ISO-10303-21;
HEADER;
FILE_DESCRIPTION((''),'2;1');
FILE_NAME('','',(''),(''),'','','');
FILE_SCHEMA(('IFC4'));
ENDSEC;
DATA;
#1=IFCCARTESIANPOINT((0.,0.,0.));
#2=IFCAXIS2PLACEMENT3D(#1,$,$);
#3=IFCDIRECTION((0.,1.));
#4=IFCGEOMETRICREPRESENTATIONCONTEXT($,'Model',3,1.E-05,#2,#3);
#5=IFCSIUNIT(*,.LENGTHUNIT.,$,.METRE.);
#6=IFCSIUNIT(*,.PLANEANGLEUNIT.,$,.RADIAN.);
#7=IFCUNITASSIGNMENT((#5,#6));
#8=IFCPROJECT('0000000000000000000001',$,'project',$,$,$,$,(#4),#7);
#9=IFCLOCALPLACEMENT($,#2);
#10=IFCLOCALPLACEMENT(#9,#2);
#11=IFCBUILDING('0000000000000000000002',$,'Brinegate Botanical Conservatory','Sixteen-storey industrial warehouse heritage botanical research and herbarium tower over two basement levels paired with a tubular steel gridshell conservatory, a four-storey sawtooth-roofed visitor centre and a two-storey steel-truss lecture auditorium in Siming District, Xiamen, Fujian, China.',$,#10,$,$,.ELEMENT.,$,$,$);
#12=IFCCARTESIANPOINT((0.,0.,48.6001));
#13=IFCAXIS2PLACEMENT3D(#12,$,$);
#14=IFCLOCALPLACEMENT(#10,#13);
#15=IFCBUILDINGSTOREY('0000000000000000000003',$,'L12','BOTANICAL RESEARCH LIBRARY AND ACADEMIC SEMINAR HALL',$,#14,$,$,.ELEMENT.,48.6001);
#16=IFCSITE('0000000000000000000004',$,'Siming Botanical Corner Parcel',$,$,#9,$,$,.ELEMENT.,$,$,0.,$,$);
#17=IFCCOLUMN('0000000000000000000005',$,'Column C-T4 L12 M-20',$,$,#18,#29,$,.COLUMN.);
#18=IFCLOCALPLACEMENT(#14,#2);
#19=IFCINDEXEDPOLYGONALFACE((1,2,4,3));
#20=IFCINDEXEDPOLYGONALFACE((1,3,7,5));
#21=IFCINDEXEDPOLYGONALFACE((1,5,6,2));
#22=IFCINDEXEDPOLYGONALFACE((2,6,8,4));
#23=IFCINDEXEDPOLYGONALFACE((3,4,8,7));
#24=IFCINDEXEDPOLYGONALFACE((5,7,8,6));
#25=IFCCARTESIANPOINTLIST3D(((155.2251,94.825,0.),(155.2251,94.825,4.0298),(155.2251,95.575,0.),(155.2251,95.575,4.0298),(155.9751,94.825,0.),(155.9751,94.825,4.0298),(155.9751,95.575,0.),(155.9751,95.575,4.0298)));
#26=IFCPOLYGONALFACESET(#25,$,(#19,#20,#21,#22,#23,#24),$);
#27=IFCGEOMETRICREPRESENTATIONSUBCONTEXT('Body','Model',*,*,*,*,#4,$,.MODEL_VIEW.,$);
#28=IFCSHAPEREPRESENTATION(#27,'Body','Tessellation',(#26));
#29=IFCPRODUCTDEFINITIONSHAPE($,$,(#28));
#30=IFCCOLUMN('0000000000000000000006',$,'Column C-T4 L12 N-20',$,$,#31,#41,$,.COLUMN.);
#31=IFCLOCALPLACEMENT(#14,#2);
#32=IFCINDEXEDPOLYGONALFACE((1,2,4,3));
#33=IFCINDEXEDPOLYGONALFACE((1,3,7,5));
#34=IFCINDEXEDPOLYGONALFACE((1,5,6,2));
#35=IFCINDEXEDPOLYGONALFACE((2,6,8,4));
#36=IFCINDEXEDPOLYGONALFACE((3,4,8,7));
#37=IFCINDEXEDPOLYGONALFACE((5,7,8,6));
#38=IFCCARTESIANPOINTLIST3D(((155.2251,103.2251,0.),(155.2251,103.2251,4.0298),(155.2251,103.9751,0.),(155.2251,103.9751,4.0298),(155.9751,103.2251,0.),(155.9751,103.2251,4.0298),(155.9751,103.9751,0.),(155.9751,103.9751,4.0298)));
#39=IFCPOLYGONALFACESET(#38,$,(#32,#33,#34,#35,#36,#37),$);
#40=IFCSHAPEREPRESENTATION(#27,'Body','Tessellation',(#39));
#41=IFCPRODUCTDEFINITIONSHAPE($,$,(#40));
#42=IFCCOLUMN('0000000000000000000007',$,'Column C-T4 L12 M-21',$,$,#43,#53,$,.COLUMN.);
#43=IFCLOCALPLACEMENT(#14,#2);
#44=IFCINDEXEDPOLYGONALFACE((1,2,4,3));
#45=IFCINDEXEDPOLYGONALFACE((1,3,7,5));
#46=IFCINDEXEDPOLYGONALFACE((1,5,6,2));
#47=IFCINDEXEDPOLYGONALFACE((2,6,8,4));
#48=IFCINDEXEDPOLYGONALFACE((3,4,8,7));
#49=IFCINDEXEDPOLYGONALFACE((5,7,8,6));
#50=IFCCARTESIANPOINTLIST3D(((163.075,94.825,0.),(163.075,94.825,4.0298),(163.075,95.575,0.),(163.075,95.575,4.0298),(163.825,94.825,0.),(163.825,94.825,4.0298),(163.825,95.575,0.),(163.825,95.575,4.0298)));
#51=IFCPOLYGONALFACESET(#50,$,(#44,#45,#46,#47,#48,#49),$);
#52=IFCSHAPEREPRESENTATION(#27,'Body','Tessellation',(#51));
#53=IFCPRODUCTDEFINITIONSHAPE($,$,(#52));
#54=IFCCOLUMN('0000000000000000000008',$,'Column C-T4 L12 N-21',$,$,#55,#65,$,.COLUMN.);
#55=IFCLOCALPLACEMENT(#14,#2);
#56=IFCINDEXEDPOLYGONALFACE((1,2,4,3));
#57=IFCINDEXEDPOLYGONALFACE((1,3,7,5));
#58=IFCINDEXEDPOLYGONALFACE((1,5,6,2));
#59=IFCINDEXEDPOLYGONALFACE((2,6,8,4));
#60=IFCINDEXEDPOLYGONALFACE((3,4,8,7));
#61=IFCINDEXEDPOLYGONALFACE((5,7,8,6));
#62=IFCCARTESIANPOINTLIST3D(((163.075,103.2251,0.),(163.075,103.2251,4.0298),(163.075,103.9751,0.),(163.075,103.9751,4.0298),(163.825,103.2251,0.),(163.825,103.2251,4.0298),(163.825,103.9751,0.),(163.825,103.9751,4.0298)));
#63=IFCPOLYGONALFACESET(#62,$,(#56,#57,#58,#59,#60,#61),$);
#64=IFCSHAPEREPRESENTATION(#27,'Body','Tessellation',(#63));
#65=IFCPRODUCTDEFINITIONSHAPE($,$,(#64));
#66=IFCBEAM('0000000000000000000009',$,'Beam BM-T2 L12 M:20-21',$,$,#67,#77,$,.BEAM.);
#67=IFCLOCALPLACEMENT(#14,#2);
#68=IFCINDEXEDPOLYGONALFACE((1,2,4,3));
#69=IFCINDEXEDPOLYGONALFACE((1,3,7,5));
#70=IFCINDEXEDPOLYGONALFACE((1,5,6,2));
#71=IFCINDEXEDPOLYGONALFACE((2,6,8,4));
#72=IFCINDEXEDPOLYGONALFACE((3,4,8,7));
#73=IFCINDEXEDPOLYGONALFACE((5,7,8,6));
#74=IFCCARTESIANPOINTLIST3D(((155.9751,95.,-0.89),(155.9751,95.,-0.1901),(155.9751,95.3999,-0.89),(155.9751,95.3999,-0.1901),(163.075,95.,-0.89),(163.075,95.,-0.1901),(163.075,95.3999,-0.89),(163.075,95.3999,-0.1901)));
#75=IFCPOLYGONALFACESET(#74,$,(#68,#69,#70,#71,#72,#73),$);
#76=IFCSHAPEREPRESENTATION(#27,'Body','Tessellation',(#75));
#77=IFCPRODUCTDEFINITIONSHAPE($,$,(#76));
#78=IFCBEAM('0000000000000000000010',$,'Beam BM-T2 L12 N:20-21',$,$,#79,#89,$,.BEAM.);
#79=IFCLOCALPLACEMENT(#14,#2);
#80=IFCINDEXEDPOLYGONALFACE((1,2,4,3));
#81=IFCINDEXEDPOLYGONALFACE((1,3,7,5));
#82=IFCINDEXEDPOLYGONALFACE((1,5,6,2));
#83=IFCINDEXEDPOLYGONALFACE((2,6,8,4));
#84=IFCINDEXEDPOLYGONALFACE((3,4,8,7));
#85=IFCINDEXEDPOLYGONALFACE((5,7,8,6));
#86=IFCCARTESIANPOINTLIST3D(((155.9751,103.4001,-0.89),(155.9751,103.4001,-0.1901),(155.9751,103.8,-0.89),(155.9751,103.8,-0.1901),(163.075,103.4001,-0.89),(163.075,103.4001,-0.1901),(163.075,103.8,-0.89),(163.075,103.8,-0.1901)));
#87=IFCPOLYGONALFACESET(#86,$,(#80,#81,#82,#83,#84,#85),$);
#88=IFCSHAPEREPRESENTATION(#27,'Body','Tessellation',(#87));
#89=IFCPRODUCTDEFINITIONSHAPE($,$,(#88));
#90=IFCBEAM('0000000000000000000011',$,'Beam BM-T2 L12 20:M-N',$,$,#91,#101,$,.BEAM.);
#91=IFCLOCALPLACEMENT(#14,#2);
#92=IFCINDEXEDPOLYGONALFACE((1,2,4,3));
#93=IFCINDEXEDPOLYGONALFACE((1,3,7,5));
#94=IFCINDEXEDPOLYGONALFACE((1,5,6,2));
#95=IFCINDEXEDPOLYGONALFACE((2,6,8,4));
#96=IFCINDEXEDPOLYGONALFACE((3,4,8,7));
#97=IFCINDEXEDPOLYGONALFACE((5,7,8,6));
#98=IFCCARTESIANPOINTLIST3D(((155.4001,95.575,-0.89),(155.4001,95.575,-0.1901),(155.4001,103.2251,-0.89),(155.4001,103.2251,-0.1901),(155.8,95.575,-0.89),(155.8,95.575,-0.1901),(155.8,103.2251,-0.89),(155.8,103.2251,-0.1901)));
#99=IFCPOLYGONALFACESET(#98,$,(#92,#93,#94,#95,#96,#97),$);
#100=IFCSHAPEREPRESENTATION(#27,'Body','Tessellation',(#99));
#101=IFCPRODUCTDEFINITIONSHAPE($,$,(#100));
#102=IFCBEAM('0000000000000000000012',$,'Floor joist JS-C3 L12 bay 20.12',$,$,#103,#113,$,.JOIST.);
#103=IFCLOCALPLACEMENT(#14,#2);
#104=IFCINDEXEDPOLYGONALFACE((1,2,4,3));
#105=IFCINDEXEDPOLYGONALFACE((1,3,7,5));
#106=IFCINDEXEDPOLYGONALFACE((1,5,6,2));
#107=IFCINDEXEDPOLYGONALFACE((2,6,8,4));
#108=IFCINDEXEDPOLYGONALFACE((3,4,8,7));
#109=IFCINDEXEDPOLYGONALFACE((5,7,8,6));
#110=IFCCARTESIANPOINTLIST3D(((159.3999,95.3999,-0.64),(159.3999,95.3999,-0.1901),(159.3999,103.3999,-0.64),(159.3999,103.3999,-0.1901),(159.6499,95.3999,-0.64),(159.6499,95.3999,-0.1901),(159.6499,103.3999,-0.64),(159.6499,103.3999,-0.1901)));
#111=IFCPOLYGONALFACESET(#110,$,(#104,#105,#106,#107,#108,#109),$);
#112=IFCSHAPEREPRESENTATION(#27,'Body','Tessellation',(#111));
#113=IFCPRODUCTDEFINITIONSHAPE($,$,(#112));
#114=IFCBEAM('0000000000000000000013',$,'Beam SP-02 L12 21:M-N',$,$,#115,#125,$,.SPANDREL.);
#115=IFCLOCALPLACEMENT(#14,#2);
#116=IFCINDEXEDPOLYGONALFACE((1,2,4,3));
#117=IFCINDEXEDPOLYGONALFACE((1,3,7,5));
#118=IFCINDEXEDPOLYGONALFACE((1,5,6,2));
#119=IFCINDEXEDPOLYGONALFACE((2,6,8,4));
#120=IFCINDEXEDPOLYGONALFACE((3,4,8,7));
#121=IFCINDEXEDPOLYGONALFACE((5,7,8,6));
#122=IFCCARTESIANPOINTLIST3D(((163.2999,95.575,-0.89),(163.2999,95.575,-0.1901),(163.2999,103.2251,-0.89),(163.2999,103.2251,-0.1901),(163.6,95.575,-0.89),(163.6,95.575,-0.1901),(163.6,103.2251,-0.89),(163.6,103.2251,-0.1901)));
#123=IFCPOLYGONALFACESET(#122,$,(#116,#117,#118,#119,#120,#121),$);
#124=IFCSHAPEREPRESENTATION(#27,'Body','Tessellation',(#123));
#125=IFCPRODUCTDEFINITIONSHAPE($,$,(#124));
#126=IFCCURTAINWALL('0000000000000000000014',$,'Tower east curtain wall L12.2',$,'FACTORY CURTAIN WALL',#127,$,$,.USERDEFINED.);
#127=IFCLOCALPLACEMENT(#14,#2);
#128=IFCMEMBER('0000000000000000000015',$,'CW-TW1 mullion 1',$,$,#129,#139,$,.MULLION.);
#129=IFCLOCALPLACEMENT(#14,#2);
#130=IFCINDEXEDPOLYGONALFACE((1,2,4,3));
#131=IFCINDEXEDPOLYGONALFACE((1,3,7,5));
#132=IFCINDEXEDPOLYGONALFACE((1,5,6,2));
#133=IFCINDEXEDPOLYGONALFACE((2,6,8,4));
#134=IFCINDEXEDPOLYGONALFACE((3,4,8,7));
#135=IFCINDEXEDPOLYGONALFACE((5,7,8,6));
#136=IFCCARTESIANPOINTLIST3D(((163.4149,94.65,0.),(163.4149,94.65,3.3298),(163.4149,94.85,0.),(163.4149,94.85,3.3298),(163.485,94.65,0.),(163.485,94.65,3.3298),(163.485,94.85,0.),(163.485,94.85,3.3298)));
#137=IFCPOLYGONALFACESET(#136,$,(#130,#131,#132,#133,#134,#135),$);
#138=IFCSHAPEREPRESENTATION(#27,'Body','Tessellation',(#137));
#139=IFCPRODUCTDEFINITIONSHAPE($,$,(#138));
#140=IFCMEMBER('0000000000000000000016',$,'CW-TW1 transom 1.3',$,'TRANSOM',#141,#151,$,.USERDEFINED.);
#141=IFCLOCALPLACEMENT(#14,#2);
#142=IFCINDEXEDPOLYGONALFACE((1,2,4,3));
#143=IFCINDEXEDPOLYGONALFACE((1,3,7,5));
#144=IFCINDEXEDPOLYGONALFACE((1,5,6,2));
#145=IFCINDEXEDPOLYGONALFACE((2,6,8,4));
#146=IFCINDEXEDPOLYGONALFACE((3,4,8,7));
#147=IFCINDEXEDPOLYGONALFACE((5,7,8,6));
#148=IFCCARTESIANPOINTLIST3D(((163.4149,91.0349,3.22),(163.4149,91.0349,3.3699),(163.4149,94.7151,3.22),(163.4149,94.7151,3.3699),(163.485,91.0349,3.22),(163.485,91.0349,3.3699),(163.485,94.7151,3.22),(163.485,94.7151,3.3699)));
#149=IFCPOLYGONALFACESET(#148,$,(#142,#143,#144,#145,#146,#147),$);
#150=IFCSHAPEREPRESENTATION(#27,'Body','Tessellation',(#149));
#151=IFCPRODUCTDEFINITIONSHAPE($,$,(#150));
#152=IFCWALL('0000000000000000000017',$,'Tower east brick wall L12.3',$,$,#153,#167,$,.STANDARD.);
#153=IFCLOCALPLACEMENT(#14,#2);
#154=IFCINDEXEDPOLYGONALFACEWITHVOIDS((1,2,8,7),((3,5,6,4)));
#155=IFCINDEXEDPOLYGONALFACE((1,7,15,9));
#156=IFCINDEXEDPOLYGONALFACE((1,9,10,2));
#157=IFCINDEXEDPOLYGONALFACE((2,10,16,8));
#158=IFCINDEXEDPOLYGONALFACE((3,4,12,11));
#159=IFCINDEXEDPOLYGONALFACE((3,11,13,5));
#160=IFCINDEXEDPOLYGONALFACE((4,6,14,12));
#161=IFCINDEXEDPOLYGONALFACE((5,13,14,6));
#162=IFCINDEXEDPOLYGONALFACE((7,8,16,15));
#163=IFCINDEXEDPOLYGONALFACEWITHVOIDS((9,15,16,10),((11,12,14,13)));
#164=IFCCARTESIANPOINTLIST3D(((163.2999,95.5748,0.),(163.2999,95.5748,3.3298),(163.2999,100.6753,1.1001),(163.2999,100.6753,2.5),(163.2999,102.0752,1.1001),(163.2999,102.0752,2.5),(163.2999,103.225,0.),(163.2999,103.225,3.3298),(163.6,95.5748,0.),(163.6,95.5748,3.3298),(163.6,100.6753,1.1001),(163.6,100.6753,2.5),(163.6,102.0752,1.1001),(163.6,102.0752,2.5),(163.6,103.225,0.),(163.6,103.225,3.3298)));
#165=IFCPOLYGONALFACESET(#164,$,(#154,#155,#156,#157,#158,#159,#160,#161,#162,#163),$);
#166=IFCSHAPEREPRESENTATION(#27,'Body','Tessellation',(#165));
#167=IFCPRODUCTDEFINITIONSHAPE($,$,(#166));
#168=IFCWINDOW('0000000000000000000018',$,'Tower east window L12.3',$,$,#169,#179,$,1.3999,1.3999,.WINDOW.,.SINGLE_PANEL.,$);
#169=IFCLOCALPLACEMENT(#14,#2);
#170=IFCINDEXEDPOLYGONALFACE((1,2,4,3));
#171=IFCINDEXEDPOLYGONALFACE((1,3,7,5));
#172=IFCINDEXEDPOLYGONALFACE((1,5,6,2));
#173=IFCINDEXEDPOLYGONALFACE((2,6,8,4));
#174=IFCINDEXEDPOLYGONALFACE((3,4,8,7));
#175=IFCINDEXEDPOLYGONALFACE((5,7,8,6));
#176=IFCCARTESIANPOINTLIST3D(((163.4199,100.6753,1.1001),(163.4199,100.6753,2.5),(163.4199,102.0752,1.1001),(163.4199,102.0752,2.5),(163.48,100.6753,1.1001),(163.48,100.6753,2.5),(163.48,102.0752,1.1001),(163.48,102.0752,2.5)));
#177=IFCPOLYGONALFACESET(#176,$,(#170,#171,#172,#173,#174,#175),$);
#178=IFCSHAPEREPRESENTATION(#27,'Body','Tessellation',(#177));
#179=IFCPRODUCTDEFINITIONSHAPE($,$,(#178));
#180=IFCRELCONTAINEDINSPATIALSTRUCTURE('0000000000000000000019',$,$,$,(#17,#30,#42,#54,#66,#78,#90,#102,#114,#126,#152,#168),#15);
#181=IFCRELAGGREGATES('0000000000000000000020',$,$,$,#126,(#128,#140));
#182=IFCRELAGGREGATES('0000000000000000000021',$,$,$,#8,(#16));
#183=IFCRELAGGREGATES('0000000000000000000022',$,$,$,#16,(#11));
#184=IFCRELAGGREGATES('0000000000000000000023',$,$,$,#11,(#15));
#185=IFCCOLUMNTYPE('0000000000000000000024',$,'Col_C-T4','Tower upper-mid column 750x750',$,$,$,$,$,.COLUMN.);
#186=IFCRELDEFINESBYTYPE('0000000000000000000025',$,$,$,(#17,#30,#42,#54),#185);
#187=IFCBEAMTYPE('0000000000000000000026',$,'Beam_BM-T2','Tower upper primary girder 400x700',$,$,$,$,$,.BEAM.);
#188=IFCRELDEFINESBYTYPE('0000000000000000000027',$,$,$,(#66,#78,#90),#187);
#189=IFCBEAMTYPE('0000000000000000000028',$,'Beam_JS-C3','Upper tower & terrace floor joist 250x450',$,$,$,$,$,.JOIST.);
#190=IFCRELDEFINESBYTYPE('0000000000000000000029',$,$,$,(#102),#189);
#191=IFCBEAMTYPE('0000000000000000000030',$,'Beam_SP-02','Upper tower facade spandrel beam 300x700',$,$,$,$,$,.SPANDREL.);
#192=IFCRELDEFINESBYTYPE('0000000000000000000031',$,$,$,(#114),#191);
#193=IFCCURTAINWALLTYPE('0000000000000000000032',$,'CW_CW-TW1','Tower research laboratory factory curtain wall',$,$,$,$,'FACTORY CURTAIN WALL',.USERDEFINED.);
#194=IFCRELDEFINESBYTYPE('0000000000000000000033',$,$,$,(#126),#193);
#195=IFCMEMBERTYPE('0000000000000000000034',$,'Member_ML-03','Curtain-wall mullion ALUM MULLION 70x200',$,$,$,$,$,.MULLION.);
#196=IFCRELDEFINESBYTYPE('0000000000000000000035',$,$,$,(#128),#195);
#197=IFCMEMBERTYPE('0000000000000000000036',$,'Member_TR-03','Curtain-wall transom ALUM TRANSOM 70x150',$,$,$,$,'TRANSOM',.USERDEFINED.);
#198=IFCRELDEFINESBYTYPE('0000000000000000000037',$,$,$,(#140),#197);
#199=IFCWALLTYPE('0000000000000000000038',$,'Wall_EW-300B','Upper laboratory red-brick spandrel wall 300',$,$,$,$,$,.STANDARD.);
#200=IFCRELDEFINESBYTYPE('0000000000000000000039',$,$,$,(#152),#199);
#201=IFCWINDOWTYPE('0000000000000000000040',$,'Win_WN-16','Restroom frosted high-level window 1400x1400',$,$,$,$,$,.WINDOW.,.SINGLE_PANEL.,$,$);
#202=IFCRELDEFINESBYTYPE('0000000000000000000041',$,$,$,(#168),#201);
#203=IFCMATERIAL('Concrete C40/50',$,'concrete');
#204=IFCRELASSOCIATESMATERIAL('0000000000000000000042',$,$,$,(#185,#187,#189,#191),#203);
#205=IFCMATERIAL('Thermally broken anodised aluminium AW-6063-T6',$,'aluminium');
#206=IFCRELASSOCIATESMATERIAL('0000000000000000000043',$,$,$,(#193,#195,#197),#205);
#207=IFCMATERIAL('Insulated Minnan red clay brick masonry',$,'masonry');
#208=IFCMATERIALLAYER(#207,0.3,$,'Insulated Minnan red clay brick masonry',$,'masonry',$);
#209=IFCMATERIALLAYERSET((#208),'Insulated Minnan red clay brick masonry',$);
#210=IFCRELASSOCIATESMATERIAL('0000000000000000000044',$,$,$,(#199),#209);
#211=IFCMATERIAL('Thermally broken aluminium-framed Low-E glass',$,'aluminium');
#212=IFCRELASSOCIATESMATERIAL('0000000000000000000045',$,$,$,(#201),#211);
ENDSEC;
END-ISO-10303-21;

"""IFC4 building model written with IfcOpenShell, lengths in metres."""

from ifc_helpers import new_model, si_unit, direction, frame, frame_2d, origin, origin_2d, place, context, subcontext, project, spatial, rectangle, extrude, material, layer, layer_set, material_profile, profile_set, type_object, element, fill, aggregate, save


model = new_model("IFC4")

# Units and contexts
model_context = context("Model", 3, precision=1e-05, world=origin(), true_north=direction((0.0, 1.0)))
body_context = subcontext(model_context, "Body", "Model", "MODEL_VIEW")
ifc_project = project(units=[si_unit("LENGTHUNIT", "METRE"), si_unit("PLANEANGLEUNIT", "RADIAN")], contexts=[model_context])

# Site, building, storey
site_placement = place(None, origin())
site = spatial("IfcSite", under=ifc_project, at=site_placement, Name="Siming Botanical Corner Parcel", CompositionType="ELEMENT", RefElevation=0.0)
building_placement = place(site_placement, origin())
building = spatial("IfcBuilding", under=site, at=building_placement, Name="Brinegate Botanical Conservatory", Description="Sixteen-storey industrial warehouse heritage botanical research and herbarium tower over two basement levels paired with a tubular steel gridshell conservatory, a four-storey sawtooth-roofed visitor centre and a two-storey steel-truss lecture auditorium in Siming District, Xiamen, Fujian, China.", CompositionType="ELEMENT")
storey_placement = place(building_placement, frame((0.0, 0.0, 48.6001)))
storey = spatial("IfcBuildingStorey", under=building, at=storey_placement, Name="L12", Description="BOTANICAL RESEARCH LIBRARY AND ACADEMIC SEMINAR HALL", CompositionType="ELEMENT", Elevation=48.6001)

# Columns
ifc_material_1 = material(Name="Concrete C40/50", Category="concrete")
ifc_material_profile_1 = material_profile(ifc_material_1, rectangle(XDim=0.75, YDim=0.75, at=origin_2d()), Name="RC COL 750x750")
ifc_profile_set_1 = profile_set([ifc_material_profile_1], Name="Concrete C40/50")
column_type = type_object("IfcColumnType", Name="Col_C-T4", Description="Tower upper-mid column 750x750", PredefinedType="COLUMN", material=ifc_profile_set_1)
for number, where, z_axis, x_axis, name in (
    (1, (155.6001, 95.2, 0.0), (0.0, 0.0, 1.0), (1.0, 0.0, 0.0), "Column C-T4 L12 M-20"),
    (2, (155.6001, 103.6001, 0.0), (0.0, 0.0, 1.0), (1.0, 0.0, 0.0), "Column C-T4 L12 N-20"),
    (3, (163.45, 95.2, 0.0), (0.0, 0.0, 1.0), (1.0, 0.0, 0.0), "Column C-T4 L12 M-21"),
    (4, (163.45, 103.6001, 0.0), (0.0, 0.0, 1.0), (1.0, 0.0, 0.0), "Column C-T4 L12 N-21"),
):
    element("IfcColumn", number, at=place(storey_placement, frame(where, z_axis=z_axis, x_axis=x_axis)), inside=storey, type_object=column_type, Name=name, PredefinedType="COLUMN", context=body_context, shape_type="SweptSolid", body=[
        extrude(rectangle(XDim=0.75, YDim=0.75, at=origin_2d()), origin(), (0.0, 0.0, 1.0), 4.0298),
    ])

# Beams
ifc_material_profile_2 = material_profile(ifc_material_1, rectangle(XDim=0.3999, YDim=0.7, at=origin_2d()), Name="RC BM 400x700")
ifc_profile_set_2 = profile_set([ifc_material_profile_2], Name="Concrete C40/50")
beam_type_1 = type_object("IfcBeamType", Name="Beam_BM-T2", Description="Tower upper primary girder 400x700", PredefinedType="BEAM", material=ifc_profile_set_2)
for number, where, z_axis, x_axis, name in (
    (5, (155.9751, 95.2, -0.54), (1.0, 0.0, 0.0), (0.0, 1.0, 0.0), "Beam BM-T2 L12 M:20-21"),
    (6, (155.9751, 103.6001, -0.54), (1.0, 0.0, 0.0), (0.0, 1.0, 0.0), "Beam BM-T2 L12 N:20-21"),
):
    element("IfcBeam", number, at=place(storey_placement, frame(where, z_axis=z_axis, x_axis=x_axis)), inside=storey, type_object=beam_type_1, Name=name, PredefinedType="BEAM", context=body_context, shape_type="SweptSolid", body=[
        extrude(rectangle(XDim=0.3999, YDim=0.7, at=origin_2d()), origin(), (0.0, 0.0, 1.0), 7.0999),
    ])
beam_1_placement = place(storey_placement, frame((155.6001, 95.575, -0.54), z_axis=(0.0, 1.0, 0.0), x_axis=(-1.0, 0.0, 0.0)))
element("IfcBeam", 7, at=beam_1_placement, inside=storey, type_object=beam_type_1, Name="Beam BM-T2 L12 20:M-N", PredefinedType="BEAM", context=body_context, shape_type="SweptSolid", body=[
    extrude(rectangle(XDim=0.3999, YDim=0.7, at=origin_2d()), origin(), (0.0, 0.0, 1.0), 7.6501),
])
ifc_material_profile_3 = material_profile(ifc_material_1, rectangle(XDim=0.25, YDim=0.45, at=origin_2d()), Name="RC JST 250x450")
ifc_profile_set_3 = profile_set([ifc_material_profile_3], Name="Concrete C40/50")
beam_type_2 = type_object("IfcBeamType", Name="Beam_JS-C3", Description="Upper tower & terrace floor joist 250x450", PredefinedType="JOIST", material=ifc_profile_set_3)
beam_2_placement = place(storey_placement, frame((159.5249, 95.3999, -0.415), z_axis=(0.0, 1.0, 0.0), x_axis=(-1.0, 0.0, 0.0)))
element("IfcBeam", 8, at=beam_2_placement, inside=storey, type_object=beam_type_2, Name="Floor joist JS-C3 L12 bay 20.12", PredefinedType="JOIST", context=body_context, shape_type="SweptSolid", body=[
    extrude(rectangle(XDim=0.25, YDim=0.45, at=origin_2d()), origin(), (0.0, 0.0, 1.0), 8.0),
])
ifc_material_profile_4 = material_profile(ifc_material_1, rectangle(XDim=0.3, YDim=0.7, at=origin_2d()), Name="RC SPN 300x700")
ifc_profile_set_4 = profile_set([ifc_material_profile_4], Name="Concrete C40/50")
beam_type_3 = type_object("IfcBeamType", Name="Beam_SP-02", Description="Upper tower facade spandrel beam 300x700", PredefinedType="SPANDREL", material=ifc_profile_set_4)
beam_3_placement = place(storey_placement, frame((163.45, 95.575, -0.54), z_axis=(0.0, 1.0, 0.0), x_axis=(-1.0, 0.0, 0.0)))
element("IfcBeam", 9, at=beam_3_placement, inside=storey, type_object=beam_type_3, Name="Beam SP-02 L12 21:M-N", PredefinedType="SPANDREL", context=body_context, shape_type="SweptSolid", body=[
    extrude(rectangle(XDim=0.3, YDim=0.7, at=origin_2d()), origin(), (0.0, 0.0, 1.0), 7.6501),
])

# Curtain wall, members
ifc_material_2 = material(Name="Thermally broken anodised aluminium AW-6063-T6", Category="aluminium")
curtain_wall_type = type_object("IfcCurtainWallType", Name="CW_CW-TW1", Description="Tower research laboratory factory curtain wall", ElementType="FACTORY CURTAIN WALL", PredefinedType="USERDEFINED", material=ifc_material_2)
curtain_wall_placement = place(storey_placement, origin())
curtain_wall = element("IfcCurtainWall", 10, at=curtain_wall_placement, inside=storey, type_object=curtain_wall_type, Name="Tower east curtain wall L12.2", ObjectType="FACTORY CURTAIN WALL", PredefinedType="USERDEFINED")
ifc_material_profile_5 = material_profile(ifc_material_2, rectangle(XDim=0.0701, YDim=0.2, at=origin_2d()), Name="ALUM MULLION 70x200")
ifc_profile_set_5 = profile_set([ifc_material_profile_5], Name="Thermally broken anodised aluminium AW-6063-T6")
member_type_1 = type_object("IfcMemberType", Name="Member_ML-03", Description="Curtain-wall mullion ALUM MULLION 70x200", PredefinedType="MULLION", material=ifc_profile_set_5)
member_1_placement = place(storey_placement, frame((163.45, 94.75, 0.0), z_axis=(0.0, 0.0, 1.0), x_axis=(1.0, 0.0, 0.0)))
member_1 = element("IfcMember", 11, at=member_1_placement, type_object=member_type_1, Name="CW-TW1 mullion 1", PredefinedType="MULLION", context=body_context, shape_type="SweptSolid", body=[
    extrude(rectangle(XDim=0.0701, YDim=0.2, at=origin_2d()), origin(), (0.0, 0.0, 1.0), 3.3298),
])
ifc_material_profile_6 = material_profile(ifc_material_2, rectangle(XDim=0.0701, YDim=0.1499, at=origin_2d()), Name="ALUM TRANSOM 70x150")
ifc_profile_set_6 = profile_set([ifc_material_profile_6], Name="Thermally broken anodised aluminium AW-6063-T6")
member_type_2 = type_object("IfcMemberType", Name="Member_TR-03", Description="Curtain-wall transom ALUM TRANSOM 70x150", ElementType="TRANSOM", PredefinedType="USERDEFINED", material=ifc_profile_set_6)
member_2_placement = place(storey_placement, frame((163.45, 94.7151, 3.2949), z_axis=(0.0, -1.0, 0.0), x_axis=(1.0, 0.0, 0.0)))
member_2 = element("IfcMember", 12, at=member_2_placement, type_object=member_type_2, Name="CW-TW1 transom 1.3", ObjectType="TRANSOM", PredefinedType="USERDEFINED", context=body_context, shape_type="SweptSolid", body=[
    extrude(rectangle(XDim=0.0701, YDim=0.1499, at=origin_2d()), origin(), (0.0, 0.0, 1.0), 3.6802),
])
aggregate(curtain_wall, [member_1, member_2])

# Wall, opening, window
ifc_material_3 = material(Name="Insulated Minnan red clay brick masonry", Category="masonry")
ifc_layer_1 = layer(ifc_material_3, 0.3, Name="Insulated Minnan red clay brick masonry", Category="masonry")
ifc_layer_set_1 = layer_set([ifc_layer_1], Name="Insulated Minnan red clay brick masonry")
wall_type_1 = type_object("IfcWallType", Name="Wall_EW-300B", Description="Upper laboratory red-brick spandrel wall 300", PredefinedType="STANDARD", material=ifc_layer_set_1)
wall_1_placement = place(storey_placement, frame((163.45, 103.2251, 0.0), z_axis=(0.0, 0.0, 1.0), x_axis=(0.0, -1.0, 0.0)))
wall_1 = element("IfcWall", 13, at=wall_1_placement, inside=storey, type_object=wall_type_1, Name="Tower east brick wall L12.3", PredefinedType="STANDARD", context=body_context, shape_type="SweptSolid", body=[
    extrude(rectangle(XDim=7.6501, YDim=0.3, at=frame_2d((3.8252, 0.0))), origin(), (0.0, 0.0, 1.0), 3.3298),
])
opening_1_placement = place(wall_1_placement, frame((1.1499, 0.0, 1.1001)))
opening_1 = element("IfcOpeningElement", 14, at=opening_1_placement, cuts=wall_1, PredefinedType="OPENING", context=body_context, shape_type="SweptSolid", body=[
    extrude(rectangle(XDim=1.3999, YDim=1.3999, at=frame_2d((0.7, 0.7))), frame((0.0, 0.1599, 0.0), z_axis=(0.0, -1.0, 0.0), x_axis=(1.0, 0.0, 0.0)), (0.0, 0.0, 1.0), 0.3201),
])
ifc_material_4 = material(Name="Thermally broken aluminium-framed Low-E glass", Category="aluminium")
window_type = type_object("IfcWindowType", Name="Win_WN-16", Description="Restroom frosted high-level window 1400x1400", PartitioningType="SINGLE_PANEL", PredefinedType="WINDOW", material=ifc_material_4)
window_placement = place(opening_1_placement, origin())
window = element("IfcWindow", 15, at=window_placement, inside=storey, type_object=window_type, Name="Tower east window L12.3", OverallHeight=1.3999, OverallWidth=1.3999, PartitioningType="SINGLE_PANEL", PredefinedType="WINDOW", context=body_context, shape_type="SweptSolid", body=[
    extrude(rectangle(XDim=1.3999, YDim=1.3999, at=frame_2d((0.7, 0.7))), frame((0.0, 0.03, 0.0), z_axis=(0.0, -1.0, 0.0), x_axis=(1.0, 0.0, 0.0)), (0.0, 0.0, 1.0), 0.0601),
])
fill(opening_1, window)

save(model, "model.ifc")
